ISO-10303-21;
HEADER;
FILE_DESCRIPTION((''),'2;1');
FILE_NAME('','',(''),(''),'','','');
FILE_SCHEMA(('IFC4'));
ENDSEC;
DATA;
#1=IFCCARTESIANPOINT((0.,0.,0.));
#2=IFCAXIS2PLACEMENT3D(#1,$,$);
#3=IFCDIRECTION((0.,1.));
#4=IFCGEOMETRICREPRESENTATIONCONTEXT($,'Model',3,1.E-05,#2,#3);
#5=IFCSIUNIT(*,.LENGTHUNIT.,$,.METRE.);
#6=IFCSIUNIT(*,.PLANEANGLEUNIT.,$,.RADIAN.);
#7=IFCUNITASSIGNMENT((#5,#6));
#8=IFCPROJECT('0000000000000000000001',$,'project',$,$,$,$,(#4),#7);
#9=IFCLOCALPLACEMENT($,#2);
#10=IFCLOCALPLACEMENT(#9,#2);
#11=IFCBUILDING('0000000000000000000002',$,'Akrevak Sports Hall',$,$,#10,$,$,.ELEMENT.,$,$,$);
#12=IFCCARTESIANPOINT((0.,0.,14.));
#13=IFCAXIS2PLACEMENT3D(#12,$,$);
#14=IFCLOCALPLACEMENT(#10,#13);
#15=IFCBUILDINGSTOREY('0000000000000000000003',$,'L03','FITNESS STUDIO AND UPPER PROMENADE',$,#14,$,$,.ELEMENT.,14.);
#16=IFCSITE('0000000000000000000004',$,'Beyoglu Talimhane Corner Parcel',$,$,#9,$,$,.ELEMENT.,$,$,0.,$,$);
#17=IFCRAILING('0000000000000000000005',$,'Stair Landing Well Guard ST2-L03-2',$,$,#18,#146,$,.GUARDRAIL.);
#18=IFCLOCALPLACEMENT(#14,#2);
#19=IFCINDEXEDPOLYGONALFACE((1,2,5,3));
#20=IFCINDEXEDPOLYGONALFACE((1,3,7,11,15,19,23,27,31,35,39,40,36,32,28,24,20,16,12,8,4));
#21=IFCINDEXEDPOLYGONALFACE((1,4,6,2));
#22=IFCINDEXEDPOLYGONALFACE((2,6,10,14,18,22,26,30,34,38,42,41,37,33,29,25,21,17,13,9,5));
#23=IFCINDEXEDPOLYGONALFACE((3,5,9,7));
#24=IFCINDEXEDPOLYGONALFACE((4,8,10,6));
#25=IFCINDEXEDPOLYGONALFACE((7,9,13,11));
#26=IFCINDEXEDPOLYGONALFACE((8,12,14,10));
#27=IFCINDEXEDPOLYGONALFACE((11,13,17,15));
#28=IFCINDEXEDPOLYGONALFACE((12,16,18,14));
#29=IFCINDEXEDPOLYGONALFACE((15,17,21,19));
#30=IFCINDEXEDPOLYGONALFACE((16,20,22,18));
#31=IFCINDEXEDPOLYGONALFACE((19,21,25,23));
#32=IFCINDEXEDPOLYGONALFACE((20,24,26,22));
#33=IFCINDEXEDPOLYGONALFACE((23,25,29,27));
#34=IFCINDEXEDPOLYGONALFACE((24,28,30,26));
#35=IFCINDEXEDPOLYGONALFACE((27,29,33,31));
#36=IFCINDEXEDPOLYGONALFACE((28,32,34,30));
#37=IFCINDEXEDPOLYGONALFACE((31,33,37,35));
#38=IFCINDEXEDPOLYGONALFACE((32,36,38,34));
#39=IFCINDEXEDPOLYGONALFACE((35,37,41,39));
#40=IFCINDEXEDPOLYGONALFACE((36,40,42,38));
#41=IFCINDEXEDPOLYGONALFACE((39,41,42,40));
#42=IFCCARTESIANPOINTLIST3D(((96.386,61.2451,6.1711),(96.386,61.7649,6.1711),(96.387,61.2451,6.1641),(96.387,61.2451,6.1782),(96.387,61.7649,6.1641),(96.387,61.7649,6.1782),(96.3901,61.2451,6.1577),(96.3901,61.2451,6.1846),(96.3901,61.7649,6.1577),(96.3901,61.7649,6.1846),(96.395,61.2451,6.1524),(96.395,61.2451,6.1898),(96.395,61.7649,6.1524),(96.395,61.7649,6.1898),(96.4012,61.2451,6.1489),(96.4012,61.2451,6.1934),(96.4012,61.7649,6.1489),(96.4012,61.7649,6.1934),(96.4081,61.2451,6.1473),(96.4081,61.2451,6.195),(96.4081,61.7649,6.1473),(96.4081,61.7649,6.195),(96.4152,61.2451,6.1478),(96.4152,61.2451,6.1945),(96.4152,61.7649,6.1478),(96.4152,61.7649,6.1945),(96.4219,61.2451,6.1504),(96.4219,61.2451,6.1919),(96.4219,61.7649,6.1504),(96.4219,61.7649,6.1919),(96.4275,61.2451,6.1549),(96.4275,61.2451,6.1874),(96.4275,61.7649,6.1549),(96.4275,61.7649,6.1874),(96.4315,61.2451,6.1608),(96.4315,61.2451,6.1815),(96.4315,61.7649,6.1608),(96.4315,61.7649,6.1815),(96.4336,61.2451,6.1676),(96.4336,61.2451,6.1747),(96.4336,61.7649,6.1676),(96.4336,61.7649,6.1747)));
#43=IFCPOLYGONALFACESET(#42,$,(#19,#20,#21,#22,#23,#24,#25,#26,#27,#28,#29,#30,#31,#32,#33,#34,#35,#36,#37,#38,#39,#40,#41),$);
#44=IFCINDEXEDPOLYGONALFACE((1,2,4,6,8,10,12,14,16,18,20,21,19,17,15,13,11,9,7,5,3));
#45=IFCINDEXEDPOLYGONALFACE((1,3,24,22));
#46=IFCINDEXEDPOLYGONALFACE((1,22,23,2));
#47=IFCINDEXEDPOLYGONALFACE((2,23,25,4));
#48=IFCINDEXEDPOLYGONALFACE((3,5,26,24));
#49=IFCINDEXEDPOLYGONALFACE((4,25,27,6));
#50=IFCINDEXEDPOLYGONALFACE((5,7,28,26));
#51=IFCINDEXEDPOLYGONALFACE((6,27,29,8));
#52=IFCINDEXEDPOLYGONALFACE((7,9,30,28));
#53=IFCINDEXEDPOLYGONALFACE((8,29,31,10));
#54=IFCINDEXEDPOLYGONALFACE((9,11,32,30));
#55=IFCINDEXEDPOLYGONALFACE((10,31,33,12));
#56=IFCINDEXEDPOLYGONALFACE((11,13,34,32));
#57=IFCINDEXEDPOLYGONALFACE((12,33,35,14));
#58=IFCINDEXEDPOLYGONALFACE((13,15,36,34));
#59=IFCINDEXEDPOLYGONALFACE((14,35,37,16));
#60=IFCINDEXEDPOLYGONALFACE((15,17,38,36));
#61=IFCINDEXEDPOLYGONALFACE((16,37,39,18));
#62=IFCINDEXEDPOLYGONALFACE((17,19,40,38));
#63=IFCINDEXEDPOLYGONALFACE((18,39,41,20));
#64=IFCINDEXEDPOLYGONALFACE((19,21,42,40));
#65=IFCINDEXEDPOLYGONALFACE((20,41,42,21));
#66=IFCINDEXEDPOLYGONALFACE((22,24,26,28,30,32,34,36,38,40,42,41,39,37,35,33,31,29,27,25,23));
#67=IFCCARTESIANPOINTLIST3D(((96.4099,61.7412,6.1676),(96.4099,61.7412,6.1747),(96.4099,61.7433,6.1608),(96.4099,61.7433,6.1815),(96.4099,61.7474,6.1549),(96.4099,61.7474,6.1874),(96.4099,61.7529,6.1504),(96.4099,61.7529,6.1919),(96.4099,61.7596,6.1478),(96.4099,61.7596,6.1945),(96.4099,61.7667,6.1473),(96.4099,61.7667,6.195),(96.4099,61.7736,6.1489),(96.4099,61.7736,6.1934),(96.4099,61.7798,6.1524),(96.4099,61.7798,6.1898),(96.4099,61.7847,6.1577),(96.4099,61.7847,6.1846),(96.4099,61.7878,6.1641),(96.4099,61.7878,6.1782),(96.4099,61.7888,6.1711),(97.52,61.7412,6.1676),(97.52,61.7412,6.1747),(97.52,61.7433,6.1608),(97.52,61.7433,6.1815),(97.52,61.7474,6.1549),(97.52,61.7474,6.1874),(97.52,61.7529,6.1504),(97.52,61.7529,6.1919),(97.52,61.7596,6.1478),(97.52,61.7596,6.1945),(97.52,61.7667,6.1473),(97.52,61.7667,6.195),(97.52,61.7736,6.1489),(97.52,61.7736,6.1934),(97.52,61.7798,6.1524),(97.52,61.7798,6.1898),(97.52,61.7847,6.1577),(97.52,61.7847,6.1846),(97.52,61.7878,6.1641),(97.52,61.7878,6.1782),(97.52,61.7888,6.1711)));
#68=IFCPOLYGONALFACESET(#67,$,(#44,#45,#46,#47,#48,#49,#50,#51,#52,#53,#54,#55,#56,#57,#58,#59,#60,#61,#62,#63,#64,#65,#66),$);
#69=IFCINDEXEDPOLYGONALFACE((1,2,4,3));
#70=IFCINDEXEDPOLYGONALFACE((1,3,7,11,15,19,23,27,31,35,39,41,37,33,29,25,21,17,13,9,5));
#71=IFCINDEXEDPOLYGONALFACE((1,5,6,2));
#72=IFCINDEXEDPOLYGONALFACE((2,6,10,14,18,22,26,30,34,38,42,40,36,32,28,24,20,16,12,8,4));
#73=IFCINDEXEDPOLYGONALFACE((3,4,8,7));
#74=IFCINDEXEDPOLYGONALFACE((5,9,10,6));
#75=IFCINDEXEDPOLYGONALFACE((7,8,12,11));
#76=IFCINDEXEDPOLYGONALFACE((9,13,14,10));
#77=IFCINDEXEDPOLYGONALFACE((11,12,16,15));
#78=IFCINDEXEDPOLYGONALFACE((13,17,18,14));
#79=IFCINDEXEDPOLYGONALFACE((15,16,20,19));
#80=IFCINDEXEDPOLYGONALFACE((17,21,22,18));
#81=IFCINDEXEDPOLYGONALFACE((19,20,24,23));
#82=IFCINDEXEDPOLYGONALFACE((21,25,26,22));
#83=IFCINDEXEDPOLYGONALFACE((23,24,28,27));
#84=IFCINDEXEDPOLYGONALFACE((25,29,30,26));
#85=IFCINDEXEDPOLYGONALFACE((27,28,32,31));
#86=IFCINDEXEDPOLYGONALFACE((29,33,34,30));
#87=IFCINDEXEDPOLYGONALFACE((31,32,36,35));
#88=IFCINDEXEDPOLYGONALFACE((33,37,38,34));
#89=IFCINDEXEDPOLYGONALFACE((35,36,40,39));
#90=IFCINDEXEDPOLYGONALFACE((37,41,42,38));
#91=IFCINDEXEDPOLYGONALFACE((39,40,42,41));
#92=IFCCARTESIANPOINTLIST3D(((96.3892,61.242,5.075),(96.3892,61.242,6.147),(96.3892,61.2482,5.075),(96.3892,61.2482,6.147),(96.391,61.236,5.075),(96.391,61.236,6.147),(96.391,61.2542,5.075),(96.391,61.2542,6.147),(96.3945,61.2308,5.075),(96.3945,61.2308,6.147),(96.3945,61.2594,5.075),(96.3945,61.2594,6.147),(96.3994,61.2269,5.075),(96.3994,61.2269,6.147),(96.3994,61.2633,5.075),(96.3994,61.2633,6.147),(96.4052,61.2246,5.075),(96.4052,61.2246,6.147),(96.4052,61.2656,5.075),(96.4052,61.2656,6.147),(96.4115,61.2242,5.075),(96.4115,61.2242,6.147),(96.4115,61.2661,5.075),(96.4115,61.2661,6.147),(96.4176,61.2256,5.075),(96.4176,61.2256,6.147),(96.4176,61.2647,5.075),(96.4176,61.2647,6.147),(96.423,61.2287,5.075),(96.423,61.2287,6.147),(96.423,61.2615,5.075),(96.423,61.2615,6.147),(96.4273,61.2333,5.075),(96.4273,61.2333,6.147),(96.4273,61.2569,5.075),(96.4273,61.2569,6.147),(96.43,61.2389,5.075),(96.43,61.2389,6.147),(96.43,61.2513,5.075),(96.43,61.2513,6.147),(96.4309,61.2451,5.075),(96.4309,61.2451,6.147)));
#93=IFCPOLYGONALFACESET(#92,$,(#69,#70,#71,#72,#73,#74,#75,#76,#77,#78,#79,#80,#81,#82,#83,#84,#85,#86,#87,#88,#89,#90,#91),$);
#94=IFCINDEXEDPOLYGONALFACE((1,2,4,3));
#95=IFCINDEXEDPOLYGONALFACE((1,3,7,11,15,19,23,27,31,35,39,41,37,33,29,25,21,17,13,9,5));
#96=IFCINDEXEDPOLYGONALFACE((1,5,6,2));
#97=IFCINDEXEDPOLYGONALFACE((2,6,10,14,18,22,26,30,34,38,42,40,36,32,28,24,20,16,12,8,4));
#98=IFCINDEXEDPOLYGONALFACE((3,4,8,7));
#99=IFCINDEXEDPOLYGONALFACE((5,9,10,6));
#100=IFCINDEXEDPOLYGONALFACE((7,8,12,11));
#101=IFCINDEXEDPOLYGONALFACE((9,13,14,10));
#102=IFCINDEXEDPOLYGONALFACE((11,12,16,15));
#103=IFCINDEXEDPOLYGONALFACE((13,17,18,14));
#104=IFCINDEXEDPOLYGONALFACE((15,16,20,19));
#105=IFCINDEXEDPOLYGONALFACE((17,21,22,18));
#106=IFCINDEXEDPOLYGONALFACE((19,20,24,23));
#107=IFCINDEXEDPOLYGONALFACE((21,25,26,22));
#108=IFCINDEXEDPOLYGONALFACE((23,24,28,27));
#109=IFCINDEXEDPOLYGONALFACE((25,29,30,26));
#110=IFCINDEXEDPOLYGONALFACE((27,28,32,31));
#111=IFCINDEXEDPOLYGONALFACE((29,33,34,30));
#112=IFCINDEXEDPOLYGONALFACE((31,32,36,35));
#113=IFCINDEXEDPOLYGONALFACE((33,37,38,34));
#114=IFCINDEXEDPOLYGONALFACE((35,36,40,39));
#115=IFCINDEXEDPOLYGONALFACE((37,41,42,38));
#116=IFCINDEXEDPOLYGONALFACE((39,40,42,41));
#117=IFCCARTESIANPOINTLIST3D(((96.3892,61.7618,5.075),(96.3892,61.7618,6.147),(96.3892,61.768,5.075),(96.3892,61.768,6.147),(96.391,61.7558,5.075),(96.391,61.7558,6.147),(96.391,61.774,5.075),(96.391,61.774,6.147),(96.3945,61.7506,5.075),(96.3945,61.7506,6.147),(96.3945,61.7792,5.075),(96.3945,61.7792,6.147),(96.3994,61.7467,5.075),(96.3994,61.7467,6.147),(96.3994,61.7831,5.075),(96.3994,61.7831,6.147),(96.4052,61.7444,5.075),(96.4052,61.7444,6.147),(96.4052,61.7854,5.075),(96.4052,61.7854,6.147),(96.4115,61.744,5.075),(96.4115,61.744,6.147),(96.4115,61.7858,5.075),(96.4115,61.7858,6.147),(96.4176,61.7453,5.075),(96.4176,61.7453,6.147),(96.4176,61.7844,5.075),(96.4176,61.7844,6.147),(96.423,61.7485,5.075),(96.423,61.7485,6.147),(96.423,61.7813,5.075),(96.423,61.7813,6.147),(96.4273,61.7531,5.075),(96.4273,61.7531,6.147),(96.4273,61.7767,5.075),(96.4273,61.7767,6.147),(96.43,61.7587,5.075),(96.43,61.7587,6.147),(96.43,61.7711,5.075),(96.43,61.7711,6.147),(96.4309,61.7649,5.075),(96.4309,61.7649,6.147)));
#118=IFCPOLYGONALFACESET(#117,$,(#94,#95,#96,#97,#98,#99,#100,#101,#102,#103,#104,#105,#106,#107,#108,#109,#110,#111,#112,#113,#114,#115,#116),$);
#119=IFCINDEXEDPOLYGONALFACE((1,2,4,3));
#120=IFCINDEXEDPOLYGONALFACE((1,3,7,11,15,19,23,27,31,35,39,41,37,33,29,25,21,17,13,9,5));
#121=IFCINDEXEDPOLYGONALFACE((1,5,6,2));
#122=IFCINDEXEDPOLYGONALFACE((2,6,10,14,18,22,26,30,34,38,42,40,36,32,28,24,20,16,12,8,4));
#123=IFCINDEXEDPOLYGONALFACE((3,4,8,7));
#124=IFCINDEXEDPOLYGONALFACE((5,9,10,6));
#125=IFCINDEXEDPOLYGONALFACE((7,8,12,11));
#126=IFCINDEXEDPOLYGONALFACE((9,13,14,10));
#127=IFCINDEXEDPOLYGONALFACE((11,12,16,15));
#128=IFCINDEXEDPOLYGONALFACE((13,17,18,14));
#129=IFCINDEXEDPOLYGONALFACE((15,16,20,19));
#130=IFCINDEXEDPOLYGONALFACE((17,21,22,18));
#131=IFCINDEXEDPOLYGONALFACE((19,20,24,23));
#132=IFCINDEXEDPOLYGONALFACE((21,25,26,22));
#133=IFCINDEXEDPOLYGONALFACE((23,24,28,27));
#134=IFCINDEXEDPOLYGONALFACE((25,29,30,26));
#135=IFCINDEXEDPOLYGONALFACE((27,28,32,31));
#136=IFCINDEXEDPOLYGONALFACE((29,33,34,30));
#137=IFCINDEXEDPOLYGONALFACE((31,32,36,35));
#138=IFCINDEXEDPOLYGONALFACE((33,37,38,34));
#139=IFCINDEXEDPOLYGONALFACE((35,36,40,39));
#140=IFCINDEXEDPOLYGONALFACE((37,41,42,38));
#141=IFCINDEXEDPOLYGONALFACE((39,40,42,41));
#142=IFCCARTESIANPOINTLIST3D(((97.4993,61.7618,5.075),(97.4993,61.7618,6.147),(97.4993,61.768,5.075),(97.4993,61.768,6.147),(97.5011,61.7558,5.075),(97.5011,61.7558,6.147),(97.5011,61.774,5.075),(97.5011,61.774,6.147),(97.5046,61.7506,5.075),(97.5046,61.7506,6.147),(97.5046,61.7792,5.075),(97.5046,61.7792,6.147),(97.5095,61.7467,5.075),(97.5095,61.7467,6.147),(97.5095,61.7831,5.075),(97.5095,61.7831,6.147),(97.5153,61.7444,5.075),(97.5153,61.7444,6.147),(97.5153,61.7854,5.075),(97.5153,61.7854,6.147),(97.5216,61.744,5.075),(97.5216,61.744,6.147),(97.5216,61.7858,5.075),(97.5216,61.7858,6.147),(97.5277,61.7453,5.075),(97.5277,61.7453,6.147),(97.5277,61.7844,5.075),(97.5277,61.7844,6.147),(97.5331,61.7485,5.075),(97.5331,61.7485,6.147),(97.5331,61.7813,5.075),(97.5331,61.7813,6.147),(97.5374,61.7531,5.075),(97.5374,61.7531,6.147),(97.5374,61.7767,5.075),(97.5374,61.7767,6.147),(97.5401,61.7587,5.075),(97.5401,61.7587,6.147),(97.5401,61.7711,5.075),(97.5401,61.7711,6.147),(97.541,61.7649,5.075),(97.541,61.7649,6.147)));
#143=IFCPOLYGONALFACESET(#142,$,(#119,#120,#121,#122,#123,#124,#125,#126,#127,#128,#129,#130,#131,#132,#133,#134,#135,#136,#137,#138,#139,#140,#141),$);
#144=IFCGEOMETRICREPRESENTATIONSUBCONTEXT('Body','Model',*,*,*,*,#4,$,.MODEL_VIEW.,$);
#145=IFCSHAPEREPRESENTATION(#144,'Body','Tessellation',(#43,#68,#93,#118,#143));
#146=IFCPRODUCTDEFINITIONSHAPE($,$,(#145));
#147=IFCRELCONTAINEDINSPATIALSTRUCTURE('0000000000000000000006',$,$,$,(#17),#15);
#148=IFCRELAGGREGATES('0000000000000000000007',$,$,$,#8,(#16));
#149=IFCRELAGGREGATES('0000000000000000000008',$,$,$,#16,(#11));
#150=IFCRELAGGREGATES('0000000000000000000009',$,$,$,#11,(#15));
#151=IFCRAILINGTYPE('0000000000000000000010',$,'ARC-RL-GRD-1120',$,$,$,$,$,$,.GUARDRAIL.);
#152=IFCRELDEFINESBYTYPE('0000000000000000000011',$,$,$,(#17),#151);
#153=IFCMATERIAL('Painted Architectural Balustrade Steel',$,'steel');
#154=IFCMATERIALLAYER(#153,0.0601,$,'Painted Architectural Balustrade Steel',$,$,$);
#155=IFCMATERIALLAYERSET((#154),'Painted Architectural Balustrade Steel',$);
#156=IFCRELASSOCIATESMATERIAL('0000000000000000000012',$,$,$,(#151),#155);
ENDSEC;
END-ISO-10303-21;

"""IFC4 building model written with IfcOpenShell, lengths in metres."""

from ifc_helpers import new_model, si_unit, direction, frame, origin, origin_2d, place, context, subcontext, project, spatial, circle, extrude, material, layer, layer_set, type_object, element, save


model = new_model("IFC4")

# Units and contexts
model_context = context("Model", 3, precision=1e-05, world=origin(), true_north=direction((0.0, 1.0)))
body_context = subcontext(model_context, "Body", "Model", "MODEL_VIEW")
ifc_project = project(units=[si_unit("LENGTHUNIT", "METRE"), si_unit("PLANEANGLEUNIT", "RADIAN")], contexts=[model_context])

# Site, building, storey
site_placement = place(None, origin())
site = spatial("IfcSite", under=ifc_project, at=site_placement, Name="Beyoglu Talimhane Corner Parcel", CompositionType="ELEMENT", RefElevation=0.0)
building_placement = place(site_placement, origin())
building = spatial("IfcBuilding", under=site, at=building_placement, Name="Akrevak Sports Hall", CompositionType="ELEMENT")
storey_placement = place(building_placement, frame((0.0, 0.0, 14.0)))
storey = spatial("IfcBuildingStorey", under=building, at=storey_placement, Name="L03", Description="FITNESS STUDIO AND UPPER PROMENADE", CompositionType="ELEMENT", Elevation=14.0)

# Railing
ifc_material_1 = material(Name="Painted Architectural Balustrade Steel", Category="steel")
ifc_layer_1 = layer(ifc_material_1, 0.0601, Name="Painted Architectural Balustrade Steel")
ifc_layer_set_1 = layer_set([ifc_layer_1], Name="Painted Architectural Balustrade Steel")
railing_type_1 = type_object("IfcRailingType", Name="ARC-RL-GRD-1120", PredefinedType="GUARDRAIL", material=ifc_layer_set_1)
railing_1_placement = place(storey_placement, frame((96.4099, 61.2451, 5.075)))
element("IfcRailing", 1, at=railing_1_placement, inside=storey, type_object=railing_type_1, Name="Stair Landing Well Guard ST2-L03-2", PredefinedType="GUARDRAIL", context=body_context, shape_type="SweptSolid", body=[
    extrude(circle(Radius=0.0239, at=origin_2d()), frame((0.0, 0.0, 1.0962), z_axis=(0.0, 1.0, 0.0), x_axis=(-1.0, 0.0, 0.0)), (0.0, 0.0, 1.0), 0.5198),
    extrude(circle(Radius=0.0239, at=origin_2d()), frame((0.0, 0.5198, 1.0962), z_axis=(1.0, 0.0, 0.0), x_axis=(0.0, 1.0, 0.0)), (0.0, 0.0, 1.0), 1.1101),
    extrude(circle(Radius=0.021, at=origin_2d()), origin(), (0.0, 0.0, 1.0), 1.072),
    extrude(circle(Radius=0.021, at=origin_2d()), frame((0.0, 0.5198, 0.0)), (0.0, 0.0, 1.0), 1.072),
    extrude(circle(Radius=0.021, at=origin_2d()), frame((1.1101, 0.5198, 0.0)), (0.0, 0.0, 1.0), 1.072),
])

save(model, "model.ifc")
